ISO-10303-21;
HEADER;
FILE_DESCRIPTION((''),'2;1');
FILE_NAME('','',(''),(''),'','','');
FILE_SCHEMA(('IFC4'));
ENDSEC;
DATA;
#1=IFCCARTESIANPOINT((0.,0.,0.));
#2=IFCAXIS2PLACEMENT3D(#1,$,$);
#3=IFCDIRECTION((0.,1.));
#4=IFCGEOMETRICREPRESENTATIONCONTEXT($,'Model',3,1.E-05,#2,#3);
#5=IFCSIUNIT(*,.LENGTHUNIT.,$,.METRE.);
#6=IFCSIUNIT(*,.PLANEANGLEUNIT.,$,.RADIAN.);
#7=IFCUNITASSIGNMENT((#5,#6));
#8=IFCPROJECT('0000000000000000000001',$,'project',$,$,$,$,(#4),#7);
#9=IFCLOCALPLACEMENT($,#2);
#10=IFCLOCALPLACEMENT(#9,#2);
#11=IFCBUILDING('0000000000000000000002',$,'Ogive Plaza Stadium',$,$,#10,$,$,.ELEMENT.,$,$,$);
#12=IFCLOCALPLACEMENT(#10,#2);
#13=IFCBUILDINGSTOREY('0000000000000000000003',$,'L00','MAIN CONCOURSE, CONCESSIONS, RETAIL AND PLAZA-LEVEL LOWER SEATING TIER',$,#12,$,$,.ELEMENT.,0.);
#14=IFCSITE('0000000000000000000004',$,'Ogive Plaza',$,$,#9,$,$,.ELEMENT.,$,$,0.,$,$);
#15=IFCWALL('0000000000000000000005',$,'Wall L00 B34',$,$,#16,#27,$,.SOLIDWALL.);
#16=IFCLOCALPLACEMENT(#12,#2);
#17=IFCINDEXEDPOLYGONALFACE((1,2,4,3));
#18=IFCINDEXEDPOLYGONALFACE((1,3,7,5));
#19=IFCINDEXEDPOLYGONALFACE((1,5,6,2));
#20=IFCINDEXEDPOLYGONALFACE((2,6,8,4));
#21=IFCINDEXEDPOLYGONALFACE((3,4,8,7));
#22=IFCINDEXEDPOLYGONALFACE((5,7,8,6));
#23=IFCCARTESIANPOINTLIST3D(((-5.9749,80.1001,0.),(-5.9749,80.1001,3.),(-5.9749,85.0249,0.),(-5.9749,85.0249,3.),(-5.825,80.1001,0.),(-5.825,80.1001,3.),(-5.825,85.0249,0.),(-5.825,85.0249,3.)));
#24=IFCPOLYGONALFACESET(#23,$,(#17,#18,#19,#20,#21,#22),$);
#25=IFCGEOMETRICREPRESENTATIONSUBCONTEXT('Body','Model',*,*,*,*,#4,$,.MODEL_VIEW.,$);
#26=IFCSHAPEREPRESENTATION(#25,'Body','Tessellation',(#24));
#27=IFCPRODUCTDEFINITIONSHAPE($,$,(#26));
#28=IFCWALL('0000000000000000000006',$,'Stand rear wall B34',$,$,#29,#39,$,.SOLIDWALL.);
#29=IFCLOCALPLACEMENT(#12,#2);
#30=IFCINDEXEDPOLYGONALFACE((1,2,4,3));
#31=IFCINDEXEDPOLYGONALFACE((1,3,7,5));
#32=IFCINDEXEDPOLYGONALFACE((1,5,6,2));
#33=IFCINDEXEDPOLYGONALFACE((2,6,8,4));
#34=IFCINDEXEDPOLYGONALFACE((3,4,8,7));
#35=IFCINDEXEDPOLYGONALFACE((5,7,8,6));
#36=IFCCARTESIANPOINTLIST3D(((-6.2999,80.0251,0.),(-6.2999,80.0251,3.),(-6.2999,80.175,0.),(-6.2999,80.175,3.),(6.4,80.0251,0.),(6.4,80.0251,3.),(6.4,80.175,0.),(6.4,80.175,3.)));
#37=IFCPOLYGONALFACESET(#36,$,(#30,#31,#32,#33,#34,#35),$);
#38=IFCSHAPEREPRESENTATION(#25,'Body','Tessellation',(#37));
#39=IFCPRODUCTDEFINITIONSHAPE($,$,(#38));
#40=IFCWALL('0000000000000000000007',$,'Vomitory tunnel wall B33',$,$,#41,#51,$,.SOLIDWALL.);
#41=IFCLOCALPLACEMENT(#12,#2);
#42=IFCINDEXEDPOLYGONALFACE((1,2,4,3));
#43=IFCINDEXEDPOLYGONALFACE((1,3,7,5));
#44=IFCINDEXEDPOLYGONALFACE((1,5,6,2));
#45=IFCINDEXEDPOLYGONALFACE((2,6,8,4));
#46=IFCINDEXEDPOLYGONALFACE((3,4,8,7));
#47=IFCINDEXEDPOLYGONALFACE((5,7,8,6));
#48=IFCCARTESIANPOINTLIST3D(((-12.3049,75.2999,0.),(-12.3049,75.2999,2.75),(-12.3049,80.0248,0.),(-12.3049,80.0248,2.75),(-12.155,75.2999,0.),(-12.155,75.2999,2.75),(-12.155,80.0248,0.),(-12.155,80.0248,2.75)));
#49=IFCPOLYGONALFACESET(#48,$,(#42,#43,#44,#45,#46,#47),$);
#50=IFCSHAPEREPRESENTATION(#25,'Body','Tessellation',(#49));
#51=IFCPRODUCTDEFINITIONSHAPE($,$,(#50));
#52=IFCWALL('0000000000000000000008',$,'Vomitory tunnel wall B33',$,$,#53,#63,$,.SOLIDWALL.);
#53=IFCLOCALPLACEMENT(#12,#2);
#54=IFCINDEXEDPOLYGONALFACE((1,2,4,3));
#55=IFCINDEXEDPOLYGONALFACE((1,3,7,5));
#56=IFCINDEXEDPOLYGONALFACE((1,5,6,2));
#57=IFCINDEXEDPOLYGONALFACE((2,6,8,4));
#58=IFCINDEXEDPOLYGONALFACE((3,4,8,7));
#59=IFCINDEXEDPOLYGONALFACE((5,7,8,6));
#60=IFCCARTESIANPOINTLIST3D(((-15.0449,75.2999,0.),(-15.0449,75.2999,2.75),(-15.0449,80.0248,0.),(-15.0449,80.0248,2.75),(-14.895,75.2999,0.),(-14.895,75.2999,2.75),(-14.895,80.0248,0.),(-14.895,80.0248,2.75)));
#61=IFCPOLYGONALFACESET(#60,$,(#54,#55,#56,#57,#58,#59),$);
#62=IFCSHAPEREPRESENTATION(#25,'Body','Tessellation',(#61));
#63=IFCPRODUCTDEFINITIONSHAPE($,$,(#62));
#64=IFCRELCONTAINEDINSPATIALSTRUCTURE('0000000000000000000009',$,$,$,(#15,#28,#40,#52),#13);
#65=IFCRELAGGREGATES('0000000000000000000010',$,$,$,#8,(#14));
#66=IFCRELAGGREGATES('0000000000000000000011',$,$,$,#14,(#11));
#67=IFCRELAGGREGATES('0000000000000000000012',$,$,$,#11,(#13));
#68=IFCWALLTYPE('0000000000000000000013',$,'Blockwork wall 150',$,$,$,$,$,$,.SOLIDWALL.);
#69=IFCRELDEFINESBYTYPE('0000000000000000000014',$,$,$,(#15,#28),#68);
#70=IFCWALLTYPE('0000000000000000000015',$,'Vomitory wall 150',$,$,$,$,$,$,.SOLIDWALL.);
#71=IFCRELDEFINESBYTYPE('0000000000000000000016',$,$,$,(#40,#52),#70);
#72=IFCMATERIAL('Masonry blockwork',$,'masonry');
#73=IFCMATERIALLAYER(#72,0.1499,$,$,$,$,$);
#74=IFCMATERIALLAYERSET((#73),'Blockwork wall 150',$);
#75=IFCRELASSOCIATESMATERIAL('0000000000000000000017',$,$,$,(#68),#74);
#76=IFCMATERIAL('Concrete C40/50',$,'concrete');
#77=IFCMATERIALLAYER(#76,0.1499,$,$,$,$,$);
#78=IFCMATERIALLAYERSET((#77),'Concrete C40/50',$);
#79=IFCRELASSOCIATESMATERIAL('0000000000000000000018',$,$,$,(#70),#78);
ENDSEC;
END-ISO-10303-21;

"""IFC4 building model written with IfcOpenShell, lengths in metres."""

from ifc_helpers import new_model, si_unit, direction, frame, frame_2d, origin, place, context, subcontext, project, spatial, rectangle, extrude, material, layer, layer_set, type_object, element, save


model = new_model("IFC4")

# Units and contexts
model_context = context("Model", 3, precision=1e-05, world=origin(), true_north=direction((0.0, 1.0)))
body_context = subcontext(model_context, "Body", "Model", "MODEL_VIEW")
ifc_project = project(units=[si_unit("LENGTHUNIT", "METRE"), si_unit("PLANEANGLEUNIT", "RADIAN")], contexts=[model_context])

# Site, building, storey
site_placement = place(None, origin())
site = spatial("IfcSite", under=ifc_project, at=site_placement, Name="Ogive Plaza", CompositionType="ELEMENT", RefElevation=0.0)
building_placement = place(site_placement, origin())
building = spatial("IfcBuilding", under=site, at=building_placement, Name="Ogive Plaza Stadium", CompositionType="ELEMENT")
storey_placement = place(building_placement, origin())
storey = spatial("IfcBuildingStorey", under=building, at=storey_placement, Name="L00", Description="MAIN CONCOURSE, CONCESSIONS, RETAIL AND PLAZA-LEVEL LOWER SEATING TIER", CompositionType="ELEMENT", Elevation=0.0)

# Wall
ifc_material_1 = material(Name="Masonry blockwork", Category="masonry")
ifc_layer_1 = layer(ifc_material_1, 0.1499)
ifc_layer_set_1 = layer_set([ifc_layer_1], Name="Blockwork wall 150")
wall_type_1 = type_object("IfcWallType", Name="Blockwork wall 150", PredefinedType="SOLIDWALL", material=ifc_layer_set_1)
for number, where, z_axis, x_axis, name in (
    (1, (-5.8999, 80.1001, 0.0), (0.0, 0.0, 1.0), (0.0, 1.0, 0.0), "Wall L00 B34"),
):
    element("IfcWall", number, at=place(storey_placement, frame(where, z_axis=z_axis, x_axis=x_axis)), inside=storey, type_object=wall_type_1, Name=name, PredefinedType="SOLIDWALL", context=body_context, shape_type="SweptSolid", body=[
        extrude(rectangle(XDim=4.9248, YDim=0.1499, at=frame_2d((2.4624, 0.0))), origin(), (0.0, 0.0, 1.0), 3.0),
    ])

# Walls
wall_1_placement = place(storey_placement, frame((-6.3, 80.1001, 0.0), z_axis=(0.0, 0.0, 1.0), x_axis=(1.0, 0.0, 0.0)))
element("IfcWall", 2, at=wall_1_placement, inside=storey, type_object=wall_type_1, Name="Stand rear wall B34", PredefinedType="SOLIDWALL", context=body_context, shape_type="SweptSolid", body=[
    extrude(rectangle(XDim=12.7, YDim=0.1499, at=frame_2d((6.3501, 0.0))), origin(), (0.0, 0.0, 1.0), 3.0),
])
ifc_material_2 = material(Name="Concrete C40/50", Category="concrete")
ifc_layer_2 = layer(ifc_material_2, 0.1499)
ifc_layer_set_2 = layer_set([ifc_layer_2], Name="Concrete C40/50")
wall_type_2 = type_object("IfcWallType", Name="Vomitory wall 150", PredefinedType="SOLIDWALL", material=ifc_layer_set_2)
for number, where, z_axis, x_axis, name in (
    (3, (-12.23, 75.3, 0.0), (0.0, 0.0, 1.0), (0.0, 1.0, 0.0), "Vomitory tunnel wall B33"),
    (4, (-14.97, 75.3, 0.0), (0.0, 0.0, 1.0), (0.0, 1.0, 0.0), "Vomitory tunnel wall B33"),
):
    element("IfcWall", number, at=place(storey_placement, frame(where, z_axis=z_axis, x_axis=x_axis)), inside=storey, type_object=wall_type_2, Name=name, PredefinedType="SOLIDWALL", context=body_context, shape_type="SweptSolid", body=[
        extrude(rectangle(XDim=4.7249, YDim=0.1499, at=frame_2d((2.3623, 0.0))), origin(), (0.0, 0.0, 1.0), 2.75),
    ])

save(model, "model.ifc")
